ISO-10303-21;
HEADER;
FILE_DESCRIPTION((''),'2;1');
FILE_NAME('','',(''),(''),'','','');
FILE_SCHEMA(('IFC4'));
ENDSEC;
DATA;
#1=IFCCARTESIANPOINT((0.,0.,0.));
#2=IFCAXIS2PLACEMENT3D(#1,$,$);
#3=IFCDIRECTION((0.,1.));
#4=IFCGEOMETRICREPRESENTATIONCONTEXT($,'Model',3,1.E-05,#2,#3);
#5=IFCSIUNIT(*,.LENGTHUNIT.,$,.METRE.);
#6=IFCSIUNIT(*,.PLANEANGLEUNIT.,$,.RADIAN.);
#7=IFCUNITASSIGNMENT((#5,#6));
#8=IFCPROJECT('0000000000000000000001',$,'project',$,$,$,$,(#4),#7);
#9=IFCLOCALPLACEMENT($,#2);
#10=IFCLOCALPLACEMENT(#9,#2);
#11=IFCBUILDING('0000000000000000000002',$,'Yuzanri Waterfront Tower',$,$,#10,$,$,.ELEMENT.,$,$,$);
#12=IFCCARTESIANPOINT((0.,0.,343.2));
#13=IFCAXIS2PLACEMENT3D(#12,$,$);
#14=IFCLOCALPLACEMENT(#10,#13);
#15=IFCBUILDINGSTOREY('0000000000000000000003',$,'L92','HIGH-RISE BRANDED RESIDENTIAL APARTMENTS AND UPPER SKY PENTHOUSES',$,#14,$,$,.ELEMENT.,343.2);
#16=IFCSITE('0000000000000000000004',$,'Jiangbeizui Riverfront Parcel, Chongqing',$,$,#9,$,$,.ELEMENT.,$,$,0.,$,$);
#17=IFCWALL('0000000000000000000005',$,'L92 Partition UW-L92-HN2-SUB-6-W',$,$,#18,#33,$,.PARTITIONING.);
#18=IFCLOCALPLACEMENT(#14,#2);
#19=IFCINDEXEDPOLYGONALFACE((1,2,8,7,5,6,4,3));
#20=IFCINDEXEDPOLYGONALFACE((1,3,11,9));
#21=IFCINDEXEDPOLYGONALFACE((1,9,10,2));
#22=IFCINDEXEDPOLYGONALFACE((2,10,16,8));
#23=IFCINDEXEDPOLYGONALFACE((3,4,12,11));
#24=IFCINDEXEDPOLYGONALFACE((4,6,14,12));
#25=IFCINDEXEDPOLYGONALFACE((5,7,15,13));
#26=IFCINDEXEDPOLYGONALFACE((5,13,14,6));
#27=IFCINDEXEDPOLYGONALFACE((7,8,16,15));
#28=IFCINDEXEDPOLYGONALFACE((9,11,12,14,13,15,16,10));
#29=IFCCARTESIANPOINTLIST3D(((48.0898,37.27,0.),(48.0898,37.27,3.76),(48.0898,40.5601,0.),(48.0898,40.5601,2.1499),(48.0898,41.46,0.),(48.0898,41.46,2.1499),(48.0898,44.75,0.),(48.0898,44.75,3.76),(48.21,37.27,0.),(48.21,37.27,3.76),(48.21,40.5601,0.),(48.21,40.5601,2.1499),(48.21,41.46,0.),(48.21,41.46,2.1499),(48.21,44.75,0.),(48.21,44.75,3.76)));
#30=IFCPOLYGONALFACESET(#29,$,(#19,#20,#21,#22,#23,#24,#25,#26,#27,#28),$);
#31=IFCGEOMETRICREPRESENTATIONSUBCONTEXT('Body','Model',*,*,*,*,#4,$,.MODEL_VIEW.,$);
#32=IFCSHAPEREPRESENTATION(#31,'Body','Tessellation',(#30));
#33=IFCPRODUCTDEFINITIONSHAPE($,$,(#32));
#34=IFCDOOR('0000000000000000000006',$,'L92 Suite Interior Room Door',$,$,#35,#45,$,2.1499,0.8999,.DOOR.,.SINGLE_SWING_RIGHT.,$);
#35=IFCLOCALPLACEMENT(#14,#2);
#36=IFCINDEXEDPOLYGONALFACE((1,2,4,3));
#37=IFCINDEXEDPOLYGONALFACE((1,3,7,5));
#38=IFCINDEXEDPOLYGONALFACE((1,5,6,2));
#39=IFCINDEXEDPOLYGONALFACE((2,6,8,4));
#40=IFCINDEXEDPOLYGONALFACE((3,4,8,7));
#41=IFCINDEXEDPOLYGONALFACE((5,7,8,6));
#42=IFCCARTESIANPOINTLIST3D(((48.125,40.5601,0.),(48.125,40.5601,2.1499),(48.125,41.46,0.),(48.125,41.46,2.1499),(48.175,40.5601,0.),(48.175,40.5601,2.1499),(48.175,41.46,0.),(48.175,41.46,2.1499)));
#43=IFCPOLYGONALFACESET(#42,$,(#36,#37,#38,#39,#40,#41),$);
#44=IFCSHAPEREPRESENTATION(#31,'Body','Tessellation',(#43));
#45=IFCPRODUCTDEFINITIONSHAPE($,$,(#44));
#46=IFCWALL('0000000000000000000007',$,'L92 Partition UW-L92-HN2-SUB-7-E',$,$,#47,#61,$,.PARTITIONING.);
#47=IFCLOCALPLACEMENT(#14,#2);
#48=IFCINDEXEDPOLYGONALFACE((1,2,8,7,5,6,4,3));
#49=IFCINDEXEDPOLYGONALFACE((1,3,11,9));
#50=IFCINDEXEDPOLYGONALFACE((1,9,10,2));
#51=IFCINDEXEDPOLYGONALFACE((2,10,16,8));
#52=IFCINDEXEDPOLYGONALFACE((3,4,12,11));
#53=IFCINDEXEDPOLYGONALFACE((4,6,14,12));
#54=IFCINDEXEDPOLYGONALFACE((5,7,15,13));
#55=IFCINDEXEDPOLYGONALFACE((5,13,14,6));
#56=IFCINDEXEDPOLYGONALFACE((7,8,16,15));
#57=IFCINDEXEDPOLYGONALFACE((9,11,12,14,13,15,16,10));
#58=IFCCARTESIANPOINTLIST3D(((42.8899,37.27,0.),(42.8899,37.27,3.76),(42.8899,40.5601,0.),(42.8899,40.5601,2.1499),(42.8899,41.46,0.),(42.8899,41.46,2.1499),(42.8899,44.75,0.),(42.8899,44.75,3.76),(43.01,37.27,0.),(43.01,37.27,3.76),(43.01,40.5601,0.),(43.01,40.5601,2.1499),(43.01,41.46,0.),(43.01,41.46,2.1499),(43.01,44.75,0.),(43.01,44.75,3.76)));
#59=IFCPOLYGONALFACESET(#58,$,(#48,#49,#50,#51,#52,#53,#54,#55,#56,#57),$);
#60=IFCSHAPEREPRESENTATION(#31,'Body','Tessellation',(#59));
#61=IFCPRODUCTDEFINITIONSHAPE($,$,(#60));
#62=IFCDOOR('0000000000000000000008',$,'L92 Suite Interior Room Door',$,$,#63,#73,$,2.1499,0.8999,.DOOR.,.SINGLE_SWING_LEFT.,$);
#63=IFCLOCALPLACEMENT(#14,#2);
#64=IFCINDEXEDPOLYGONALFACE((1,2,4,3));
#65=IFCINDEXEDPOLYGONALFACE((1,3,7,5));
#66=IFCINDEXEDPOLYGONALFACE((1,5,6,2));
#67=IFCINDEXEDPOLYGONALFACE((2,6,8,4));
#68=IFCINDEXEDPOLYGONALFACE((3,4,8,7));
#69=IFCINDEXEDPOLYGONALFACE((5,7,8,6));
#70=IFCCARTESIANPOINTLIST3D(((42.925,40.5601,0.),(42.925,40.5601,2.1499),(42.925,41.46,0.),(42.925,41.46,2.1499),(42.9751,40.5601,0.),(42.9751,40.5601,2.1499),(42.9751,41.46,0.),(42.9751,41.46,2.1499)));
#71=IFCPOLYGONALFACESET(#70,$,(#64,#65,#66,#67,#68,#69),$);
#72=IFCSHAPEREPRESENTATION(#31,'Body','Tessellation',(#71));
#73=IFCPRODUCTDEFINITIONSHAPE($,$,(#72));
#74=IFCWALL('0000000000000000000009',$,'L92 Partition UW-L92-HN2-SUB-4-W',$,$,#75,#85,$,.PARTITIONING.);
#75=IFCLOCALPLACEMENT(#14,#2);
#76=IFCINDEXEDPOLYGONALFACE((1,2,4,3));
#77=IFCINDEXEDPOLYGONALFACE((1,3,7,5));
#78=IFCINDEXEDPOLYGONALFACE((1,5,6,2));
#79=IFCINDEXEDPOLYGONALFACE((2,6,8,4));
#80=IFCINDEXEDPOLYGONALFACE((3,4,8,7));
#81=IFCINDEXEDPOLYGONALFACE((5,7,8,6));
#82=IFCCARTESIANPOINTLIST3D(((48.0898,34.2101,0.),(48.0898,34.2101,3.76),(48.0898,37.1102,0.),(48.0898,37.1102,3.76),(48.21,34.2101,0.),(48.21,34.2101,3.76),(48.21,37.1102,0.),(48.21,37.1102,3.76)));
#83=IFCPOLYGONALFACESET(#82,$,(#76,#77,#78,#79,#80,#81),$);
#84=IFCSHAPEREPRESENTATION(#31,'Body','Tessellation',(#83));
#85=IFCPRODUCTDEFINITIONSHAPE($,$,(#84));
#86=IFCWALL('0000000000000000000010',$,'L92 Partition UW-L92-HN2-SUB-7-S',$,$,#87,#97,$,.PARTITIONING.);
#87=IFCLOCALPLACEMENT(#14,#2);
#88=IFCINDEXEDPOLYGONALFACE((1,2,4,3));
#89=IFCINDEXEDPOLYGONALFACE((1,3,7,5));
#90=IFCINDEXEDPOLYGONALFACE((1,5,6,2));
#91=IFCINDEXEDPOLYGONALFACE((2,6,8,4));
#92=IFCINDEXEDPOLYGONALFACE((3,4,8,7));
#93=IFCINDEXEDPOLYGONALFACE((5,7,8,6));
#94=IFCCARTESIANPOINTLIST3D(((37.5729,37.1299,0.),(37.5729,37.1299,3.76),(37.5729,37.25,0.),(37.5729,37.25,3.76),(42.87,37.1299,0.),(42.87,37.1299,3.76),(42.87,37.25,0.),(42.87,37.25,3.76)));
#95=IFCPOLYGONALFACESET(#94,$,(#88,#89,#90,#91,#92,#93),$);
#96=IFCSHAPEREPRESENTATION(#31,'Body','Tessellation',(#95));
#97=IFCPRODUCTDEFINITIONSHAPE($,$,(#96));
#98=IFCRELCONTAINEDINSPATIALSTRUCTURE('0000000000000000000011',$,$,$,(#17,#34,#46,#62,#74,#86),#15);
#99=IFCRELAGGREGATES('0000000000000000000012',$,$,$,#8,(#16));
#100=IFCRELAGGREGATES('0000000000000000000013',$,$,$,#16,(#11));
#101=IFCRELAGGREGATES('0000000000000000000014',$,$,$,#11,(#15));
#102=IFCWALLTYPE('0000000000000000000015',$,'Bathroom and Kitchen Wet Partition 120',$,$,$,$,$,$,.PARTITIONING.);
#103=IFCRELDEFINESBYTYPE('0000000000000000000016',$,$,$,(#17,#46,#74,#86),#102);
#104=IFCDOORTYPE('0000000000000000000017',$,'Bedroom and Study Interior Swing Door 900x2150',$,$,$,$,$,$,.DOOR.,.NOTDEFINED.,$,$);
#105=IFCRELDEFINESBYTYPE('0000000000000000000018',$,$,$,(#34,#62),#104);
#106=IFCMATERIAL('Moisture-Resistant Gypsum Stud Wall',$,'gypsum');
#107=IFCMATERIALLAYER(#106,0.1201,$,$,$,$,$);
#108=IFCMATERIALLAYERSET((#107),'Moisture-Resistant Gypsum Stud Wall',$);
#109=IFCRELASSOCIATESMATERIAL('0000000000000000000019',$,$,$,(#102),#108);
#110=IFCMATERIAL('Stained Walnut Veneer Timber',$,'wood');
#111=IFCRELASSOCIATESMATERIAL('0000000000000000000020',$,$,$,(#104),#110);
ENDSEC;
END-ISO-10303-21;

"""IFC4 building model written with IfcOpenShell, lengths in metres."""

from ifc_helpers import new_model, si_unit, direction, frame, frame_2d, origin, place, context, subcontext, project, spatial, rectangle, extrude, source, transform, mapped, material, layer, layer_set, type_object, element, fill, save


model = new_model("IFC4")

# Units and contexts
model_context = context("Model", 3, precision=1e-05, world=origin(), true_north=direction((0.0, 1.0)))
body_context = subcontext(model_context, "Body", "Model", "MODEL_VIEW")
ifc_project = project(units=[si_unit("LENGTHUNIT", "METRE"), si_unit("PLANEANGLEUNIT", "RADIAN")], contexts=[model_context])

# Site, building, storey
site_placement = place(None, origin())
site = spatial("IfcSite", under=ifc_project, at=site_placement, Name="Jiangbeizui Riverfront Parcel, Chongqing", CompositionType="ELEMENT", RefElevation=0.0)
building_placement = place(site_placement, origin())
building = spatial("IfcBuilding", under=site, at=building_placement, Name="Yuzanri Waterfront Tower", CompositionType="ELEMENT")
storey_placement = place(building_placement, frame((0.0, 0.0, 343.2)))
storey = spatial("IfcBuildingStorey", under=building, at=storey_placement, Name="L92", Description="HIGH-RISE BRANDED RESIDENTIAL APARTMENTS AND UPPER SKY PENTHOUSES", CompositionType="ELEMENT", Elevation=343.2)

# Shared definitions
ifc_material_1 = material(Name="Moisture-Resistant Gypsum Stud Wall", Category="gypsum")
ifc_layer_1 = layer(ifc_material_1, 0.1201)
ifc_layer_set_1 = layer_set([ifc_layer_1], Name="Moisture-Resistant Gypsum Stud Wall")
wall_type = type_object("IfcWallType", Name="Bathroom and Kitchen Wet Partition 120", PredefinedType="PARTITIONING", material=ifc_layer_set_1)
ifc_material_2 = material(Name="Stained Walnut Veneer Timber", Category="wood")
door_type_1 = type_object("IfcDoorType", Name="Bedroom and Study Interior Swing Door 900x2150", OperationType="NOTDEFINED", PredefinedType="DOOR", material=ifc_material_2)
shared_shape_1 = source(origin(), body_context, "Body", "SweptSolid", [
    extrude(rectangle(XDim=0.8999, YDim=2.1499, at=frame_2d((0.45, 1.075))), frame((0.0, 0.0249, 0.0), z_axis=(0.0, -1.0, 0.0), x_axis=(1.0, 0.0, 0.0)), (0.0, 0.0, 1.0), 0.05),
])

# Walls, openings, doors
wall_1_placement = place(storey_placement, frame((48.1499, 37.27, 0.0), z_axis=(0.0, 0.0, 1.0), x_axis=(0.0, 1.0, 0.0)))
wall_1 = element("IfcWall", 1, at=wall_1_placement, inside=storey, type_object=wall_type, Name="L92 Partition UW-L92-HN2-SUB-6-W", PredefinedType="PARTITIONING", context=body_context, shape_type="SweptSolid", body=[
    extrude(rectangle(XDim=7.48, YDim=0.1201, at=frame_2d((3.74, 0.0))), origin(), (0.0, 0.0, 1.0), 3.76),
])
opening_1_placement = place(wall_1_placement, frame((3.29, 0.0, 0.0)))
opening_1 = element("IfcOpeningElement", 2, at=opening_1_placement, cuts=wall_1, PredefinedType="OPENING", context=body_context, shape_type="SweptSolid", body=[
    extrude(rectangle(XDim=0.8999, YDim=2.1499, at=frame_2d((0.45, 1.075))), frame((0.0, 0.075, 0.0), z_axis=(0.0, -1.0, 0.0), x_axis=(1.0, 0.0, 0.0)), (0.0, 0.0, 1.0), 0.1499),
])
door_1_placement = place(opening_1_placement, origin())
door_1 = element("IfcDoor", 3, at=door_1_placement, inside=storey, type_object=door_type_1, Name="L92 Suite Interior Room Door", OperationType="SINGLE_SWING_RIGHT", OverallHeight=2.1499, OverallWidth=0.8999, PredefinedType="DOOR", context=body_context, shape_type="MappedRepresentation", body=[
    mapped(shared_shape_1, transform((0.0, 0.0, 0.0), scale=1.0)),
])
fill(opening_1, door_1)
wall_2_placement = place(storey_placement, frame((42.95, 37.27, 0.0), z_axis=(0.0, 0.0, 1.0), x_axis=(0.0, 1.0, 0.0)))
wall_2 = element("IfcWall", 4, at=wall_2_placement, inside=storey, type_object=wall_type, Name="L92 Partition UW-L92-HN2-SUB-7-E", PredefinedType="PARTITIONING", context=body_context, shape_type="SweptSolid", body=[
    extrude(rectangle(XDim=7.48, YDim=0.1201, at=frame_2d((3.74, 0.0))), origin(), (0.0, 0.0, 1.0), 3.76),
])
opening_2_placement = place(wall_2_placement, frame((3.29, 0.0, 0.0)))
opening_2 = element("IfcOpeningElement", 5, at=opening_2_placement, cuts=wall_2, PredefinedType="OPENING", context=body_context, shape_type="SweptSolid", body=[
    extrude(rectangle(XDim=0.8999, YDim=2.1499, at=frame_2d((0.45, 1.075))), frame((0.0, 0.075, 0.0), z_axis=(0.0, -1.0, 0.0), x_axis=(1.0, 0.0, 0.0)), (0.0, 0.0, 1.0), 0.1499),
])
door_2_placement = place(opening_2_placement, origin())
door_2 = element("IfcDoor", 6, at=door_2_placement, inside=storey, type_object=door_type_1, Name="L92 Suite Interior Room Door", OperationType="SINGLE_SWING_LEFT", OverallHeight=2.1499, OverallWidth=0.8999, PredefinedType="DOOR", context=body_context, shape_type="MappedRepresentation", body=[
    mapped(shared_shape_1, transform((0.0, 0.0, 0.0), scale=1.0)),
])
fill(opening_2, door_2)

# Walls
shared_shape_2 = source(origin(), body_context, "Body", "SweptSolid", [
    extrude(rectangle(XDim=2.9001, YDim=0.1201, at=frame_2d((1.4502, 0.0))), origin(), (0.0, 0.0, 1.0), 3.76),
])
wall_3_placement = place(storey_placement, frame((48.1499, 34.21, 0.0), z_axis=(0.0, 0.0, 1.0), x_axis=(0.0, 1.0, 0.0)))
element("IfcWall", 7, at=wall_3_placement, inside=storey, type_object=wall_type, Name="L92 Partition UW-L92-HN2-SUB-4-W", PredefinedType="PARTITIONING", context=body_context, shape_type="MappedRepresentation", body=[
    mapped(shared_shape_2, transform((0.0, 0.0, 0.0), scale=1.0)),
])
shared_shape_3 = source(origin(), body_context, "Body", "SweptSolid", [
    extrude(rectangle(XDim=5.2971, YDim=0.1201, at=frame_2d((2.6484, 0.0))), origin(), (0.0, 0.0, 1.0), 3.76),
])
wall_4_placement = place(storey_placement, frame((37.573, 37.1899, 0.0), z_axis=(0.0, 0.0, 1.0), x_axis=(1.0, 0.0, 0.0)))
element("IfcWall", 8, at=wall_4_placement, inside=storey, type_object=wall_type, Name="L92 Partition UW-L92-HN2-SUB-7-S", PredefinedType="PARTITIONING", context=body_context, shape_type="MappedRepresentation", body=[
    mapped(shared_shape_3, transform((0.0, 0.0, 0.0), scale=1.0)),
])

save(model, "model.ifc")
